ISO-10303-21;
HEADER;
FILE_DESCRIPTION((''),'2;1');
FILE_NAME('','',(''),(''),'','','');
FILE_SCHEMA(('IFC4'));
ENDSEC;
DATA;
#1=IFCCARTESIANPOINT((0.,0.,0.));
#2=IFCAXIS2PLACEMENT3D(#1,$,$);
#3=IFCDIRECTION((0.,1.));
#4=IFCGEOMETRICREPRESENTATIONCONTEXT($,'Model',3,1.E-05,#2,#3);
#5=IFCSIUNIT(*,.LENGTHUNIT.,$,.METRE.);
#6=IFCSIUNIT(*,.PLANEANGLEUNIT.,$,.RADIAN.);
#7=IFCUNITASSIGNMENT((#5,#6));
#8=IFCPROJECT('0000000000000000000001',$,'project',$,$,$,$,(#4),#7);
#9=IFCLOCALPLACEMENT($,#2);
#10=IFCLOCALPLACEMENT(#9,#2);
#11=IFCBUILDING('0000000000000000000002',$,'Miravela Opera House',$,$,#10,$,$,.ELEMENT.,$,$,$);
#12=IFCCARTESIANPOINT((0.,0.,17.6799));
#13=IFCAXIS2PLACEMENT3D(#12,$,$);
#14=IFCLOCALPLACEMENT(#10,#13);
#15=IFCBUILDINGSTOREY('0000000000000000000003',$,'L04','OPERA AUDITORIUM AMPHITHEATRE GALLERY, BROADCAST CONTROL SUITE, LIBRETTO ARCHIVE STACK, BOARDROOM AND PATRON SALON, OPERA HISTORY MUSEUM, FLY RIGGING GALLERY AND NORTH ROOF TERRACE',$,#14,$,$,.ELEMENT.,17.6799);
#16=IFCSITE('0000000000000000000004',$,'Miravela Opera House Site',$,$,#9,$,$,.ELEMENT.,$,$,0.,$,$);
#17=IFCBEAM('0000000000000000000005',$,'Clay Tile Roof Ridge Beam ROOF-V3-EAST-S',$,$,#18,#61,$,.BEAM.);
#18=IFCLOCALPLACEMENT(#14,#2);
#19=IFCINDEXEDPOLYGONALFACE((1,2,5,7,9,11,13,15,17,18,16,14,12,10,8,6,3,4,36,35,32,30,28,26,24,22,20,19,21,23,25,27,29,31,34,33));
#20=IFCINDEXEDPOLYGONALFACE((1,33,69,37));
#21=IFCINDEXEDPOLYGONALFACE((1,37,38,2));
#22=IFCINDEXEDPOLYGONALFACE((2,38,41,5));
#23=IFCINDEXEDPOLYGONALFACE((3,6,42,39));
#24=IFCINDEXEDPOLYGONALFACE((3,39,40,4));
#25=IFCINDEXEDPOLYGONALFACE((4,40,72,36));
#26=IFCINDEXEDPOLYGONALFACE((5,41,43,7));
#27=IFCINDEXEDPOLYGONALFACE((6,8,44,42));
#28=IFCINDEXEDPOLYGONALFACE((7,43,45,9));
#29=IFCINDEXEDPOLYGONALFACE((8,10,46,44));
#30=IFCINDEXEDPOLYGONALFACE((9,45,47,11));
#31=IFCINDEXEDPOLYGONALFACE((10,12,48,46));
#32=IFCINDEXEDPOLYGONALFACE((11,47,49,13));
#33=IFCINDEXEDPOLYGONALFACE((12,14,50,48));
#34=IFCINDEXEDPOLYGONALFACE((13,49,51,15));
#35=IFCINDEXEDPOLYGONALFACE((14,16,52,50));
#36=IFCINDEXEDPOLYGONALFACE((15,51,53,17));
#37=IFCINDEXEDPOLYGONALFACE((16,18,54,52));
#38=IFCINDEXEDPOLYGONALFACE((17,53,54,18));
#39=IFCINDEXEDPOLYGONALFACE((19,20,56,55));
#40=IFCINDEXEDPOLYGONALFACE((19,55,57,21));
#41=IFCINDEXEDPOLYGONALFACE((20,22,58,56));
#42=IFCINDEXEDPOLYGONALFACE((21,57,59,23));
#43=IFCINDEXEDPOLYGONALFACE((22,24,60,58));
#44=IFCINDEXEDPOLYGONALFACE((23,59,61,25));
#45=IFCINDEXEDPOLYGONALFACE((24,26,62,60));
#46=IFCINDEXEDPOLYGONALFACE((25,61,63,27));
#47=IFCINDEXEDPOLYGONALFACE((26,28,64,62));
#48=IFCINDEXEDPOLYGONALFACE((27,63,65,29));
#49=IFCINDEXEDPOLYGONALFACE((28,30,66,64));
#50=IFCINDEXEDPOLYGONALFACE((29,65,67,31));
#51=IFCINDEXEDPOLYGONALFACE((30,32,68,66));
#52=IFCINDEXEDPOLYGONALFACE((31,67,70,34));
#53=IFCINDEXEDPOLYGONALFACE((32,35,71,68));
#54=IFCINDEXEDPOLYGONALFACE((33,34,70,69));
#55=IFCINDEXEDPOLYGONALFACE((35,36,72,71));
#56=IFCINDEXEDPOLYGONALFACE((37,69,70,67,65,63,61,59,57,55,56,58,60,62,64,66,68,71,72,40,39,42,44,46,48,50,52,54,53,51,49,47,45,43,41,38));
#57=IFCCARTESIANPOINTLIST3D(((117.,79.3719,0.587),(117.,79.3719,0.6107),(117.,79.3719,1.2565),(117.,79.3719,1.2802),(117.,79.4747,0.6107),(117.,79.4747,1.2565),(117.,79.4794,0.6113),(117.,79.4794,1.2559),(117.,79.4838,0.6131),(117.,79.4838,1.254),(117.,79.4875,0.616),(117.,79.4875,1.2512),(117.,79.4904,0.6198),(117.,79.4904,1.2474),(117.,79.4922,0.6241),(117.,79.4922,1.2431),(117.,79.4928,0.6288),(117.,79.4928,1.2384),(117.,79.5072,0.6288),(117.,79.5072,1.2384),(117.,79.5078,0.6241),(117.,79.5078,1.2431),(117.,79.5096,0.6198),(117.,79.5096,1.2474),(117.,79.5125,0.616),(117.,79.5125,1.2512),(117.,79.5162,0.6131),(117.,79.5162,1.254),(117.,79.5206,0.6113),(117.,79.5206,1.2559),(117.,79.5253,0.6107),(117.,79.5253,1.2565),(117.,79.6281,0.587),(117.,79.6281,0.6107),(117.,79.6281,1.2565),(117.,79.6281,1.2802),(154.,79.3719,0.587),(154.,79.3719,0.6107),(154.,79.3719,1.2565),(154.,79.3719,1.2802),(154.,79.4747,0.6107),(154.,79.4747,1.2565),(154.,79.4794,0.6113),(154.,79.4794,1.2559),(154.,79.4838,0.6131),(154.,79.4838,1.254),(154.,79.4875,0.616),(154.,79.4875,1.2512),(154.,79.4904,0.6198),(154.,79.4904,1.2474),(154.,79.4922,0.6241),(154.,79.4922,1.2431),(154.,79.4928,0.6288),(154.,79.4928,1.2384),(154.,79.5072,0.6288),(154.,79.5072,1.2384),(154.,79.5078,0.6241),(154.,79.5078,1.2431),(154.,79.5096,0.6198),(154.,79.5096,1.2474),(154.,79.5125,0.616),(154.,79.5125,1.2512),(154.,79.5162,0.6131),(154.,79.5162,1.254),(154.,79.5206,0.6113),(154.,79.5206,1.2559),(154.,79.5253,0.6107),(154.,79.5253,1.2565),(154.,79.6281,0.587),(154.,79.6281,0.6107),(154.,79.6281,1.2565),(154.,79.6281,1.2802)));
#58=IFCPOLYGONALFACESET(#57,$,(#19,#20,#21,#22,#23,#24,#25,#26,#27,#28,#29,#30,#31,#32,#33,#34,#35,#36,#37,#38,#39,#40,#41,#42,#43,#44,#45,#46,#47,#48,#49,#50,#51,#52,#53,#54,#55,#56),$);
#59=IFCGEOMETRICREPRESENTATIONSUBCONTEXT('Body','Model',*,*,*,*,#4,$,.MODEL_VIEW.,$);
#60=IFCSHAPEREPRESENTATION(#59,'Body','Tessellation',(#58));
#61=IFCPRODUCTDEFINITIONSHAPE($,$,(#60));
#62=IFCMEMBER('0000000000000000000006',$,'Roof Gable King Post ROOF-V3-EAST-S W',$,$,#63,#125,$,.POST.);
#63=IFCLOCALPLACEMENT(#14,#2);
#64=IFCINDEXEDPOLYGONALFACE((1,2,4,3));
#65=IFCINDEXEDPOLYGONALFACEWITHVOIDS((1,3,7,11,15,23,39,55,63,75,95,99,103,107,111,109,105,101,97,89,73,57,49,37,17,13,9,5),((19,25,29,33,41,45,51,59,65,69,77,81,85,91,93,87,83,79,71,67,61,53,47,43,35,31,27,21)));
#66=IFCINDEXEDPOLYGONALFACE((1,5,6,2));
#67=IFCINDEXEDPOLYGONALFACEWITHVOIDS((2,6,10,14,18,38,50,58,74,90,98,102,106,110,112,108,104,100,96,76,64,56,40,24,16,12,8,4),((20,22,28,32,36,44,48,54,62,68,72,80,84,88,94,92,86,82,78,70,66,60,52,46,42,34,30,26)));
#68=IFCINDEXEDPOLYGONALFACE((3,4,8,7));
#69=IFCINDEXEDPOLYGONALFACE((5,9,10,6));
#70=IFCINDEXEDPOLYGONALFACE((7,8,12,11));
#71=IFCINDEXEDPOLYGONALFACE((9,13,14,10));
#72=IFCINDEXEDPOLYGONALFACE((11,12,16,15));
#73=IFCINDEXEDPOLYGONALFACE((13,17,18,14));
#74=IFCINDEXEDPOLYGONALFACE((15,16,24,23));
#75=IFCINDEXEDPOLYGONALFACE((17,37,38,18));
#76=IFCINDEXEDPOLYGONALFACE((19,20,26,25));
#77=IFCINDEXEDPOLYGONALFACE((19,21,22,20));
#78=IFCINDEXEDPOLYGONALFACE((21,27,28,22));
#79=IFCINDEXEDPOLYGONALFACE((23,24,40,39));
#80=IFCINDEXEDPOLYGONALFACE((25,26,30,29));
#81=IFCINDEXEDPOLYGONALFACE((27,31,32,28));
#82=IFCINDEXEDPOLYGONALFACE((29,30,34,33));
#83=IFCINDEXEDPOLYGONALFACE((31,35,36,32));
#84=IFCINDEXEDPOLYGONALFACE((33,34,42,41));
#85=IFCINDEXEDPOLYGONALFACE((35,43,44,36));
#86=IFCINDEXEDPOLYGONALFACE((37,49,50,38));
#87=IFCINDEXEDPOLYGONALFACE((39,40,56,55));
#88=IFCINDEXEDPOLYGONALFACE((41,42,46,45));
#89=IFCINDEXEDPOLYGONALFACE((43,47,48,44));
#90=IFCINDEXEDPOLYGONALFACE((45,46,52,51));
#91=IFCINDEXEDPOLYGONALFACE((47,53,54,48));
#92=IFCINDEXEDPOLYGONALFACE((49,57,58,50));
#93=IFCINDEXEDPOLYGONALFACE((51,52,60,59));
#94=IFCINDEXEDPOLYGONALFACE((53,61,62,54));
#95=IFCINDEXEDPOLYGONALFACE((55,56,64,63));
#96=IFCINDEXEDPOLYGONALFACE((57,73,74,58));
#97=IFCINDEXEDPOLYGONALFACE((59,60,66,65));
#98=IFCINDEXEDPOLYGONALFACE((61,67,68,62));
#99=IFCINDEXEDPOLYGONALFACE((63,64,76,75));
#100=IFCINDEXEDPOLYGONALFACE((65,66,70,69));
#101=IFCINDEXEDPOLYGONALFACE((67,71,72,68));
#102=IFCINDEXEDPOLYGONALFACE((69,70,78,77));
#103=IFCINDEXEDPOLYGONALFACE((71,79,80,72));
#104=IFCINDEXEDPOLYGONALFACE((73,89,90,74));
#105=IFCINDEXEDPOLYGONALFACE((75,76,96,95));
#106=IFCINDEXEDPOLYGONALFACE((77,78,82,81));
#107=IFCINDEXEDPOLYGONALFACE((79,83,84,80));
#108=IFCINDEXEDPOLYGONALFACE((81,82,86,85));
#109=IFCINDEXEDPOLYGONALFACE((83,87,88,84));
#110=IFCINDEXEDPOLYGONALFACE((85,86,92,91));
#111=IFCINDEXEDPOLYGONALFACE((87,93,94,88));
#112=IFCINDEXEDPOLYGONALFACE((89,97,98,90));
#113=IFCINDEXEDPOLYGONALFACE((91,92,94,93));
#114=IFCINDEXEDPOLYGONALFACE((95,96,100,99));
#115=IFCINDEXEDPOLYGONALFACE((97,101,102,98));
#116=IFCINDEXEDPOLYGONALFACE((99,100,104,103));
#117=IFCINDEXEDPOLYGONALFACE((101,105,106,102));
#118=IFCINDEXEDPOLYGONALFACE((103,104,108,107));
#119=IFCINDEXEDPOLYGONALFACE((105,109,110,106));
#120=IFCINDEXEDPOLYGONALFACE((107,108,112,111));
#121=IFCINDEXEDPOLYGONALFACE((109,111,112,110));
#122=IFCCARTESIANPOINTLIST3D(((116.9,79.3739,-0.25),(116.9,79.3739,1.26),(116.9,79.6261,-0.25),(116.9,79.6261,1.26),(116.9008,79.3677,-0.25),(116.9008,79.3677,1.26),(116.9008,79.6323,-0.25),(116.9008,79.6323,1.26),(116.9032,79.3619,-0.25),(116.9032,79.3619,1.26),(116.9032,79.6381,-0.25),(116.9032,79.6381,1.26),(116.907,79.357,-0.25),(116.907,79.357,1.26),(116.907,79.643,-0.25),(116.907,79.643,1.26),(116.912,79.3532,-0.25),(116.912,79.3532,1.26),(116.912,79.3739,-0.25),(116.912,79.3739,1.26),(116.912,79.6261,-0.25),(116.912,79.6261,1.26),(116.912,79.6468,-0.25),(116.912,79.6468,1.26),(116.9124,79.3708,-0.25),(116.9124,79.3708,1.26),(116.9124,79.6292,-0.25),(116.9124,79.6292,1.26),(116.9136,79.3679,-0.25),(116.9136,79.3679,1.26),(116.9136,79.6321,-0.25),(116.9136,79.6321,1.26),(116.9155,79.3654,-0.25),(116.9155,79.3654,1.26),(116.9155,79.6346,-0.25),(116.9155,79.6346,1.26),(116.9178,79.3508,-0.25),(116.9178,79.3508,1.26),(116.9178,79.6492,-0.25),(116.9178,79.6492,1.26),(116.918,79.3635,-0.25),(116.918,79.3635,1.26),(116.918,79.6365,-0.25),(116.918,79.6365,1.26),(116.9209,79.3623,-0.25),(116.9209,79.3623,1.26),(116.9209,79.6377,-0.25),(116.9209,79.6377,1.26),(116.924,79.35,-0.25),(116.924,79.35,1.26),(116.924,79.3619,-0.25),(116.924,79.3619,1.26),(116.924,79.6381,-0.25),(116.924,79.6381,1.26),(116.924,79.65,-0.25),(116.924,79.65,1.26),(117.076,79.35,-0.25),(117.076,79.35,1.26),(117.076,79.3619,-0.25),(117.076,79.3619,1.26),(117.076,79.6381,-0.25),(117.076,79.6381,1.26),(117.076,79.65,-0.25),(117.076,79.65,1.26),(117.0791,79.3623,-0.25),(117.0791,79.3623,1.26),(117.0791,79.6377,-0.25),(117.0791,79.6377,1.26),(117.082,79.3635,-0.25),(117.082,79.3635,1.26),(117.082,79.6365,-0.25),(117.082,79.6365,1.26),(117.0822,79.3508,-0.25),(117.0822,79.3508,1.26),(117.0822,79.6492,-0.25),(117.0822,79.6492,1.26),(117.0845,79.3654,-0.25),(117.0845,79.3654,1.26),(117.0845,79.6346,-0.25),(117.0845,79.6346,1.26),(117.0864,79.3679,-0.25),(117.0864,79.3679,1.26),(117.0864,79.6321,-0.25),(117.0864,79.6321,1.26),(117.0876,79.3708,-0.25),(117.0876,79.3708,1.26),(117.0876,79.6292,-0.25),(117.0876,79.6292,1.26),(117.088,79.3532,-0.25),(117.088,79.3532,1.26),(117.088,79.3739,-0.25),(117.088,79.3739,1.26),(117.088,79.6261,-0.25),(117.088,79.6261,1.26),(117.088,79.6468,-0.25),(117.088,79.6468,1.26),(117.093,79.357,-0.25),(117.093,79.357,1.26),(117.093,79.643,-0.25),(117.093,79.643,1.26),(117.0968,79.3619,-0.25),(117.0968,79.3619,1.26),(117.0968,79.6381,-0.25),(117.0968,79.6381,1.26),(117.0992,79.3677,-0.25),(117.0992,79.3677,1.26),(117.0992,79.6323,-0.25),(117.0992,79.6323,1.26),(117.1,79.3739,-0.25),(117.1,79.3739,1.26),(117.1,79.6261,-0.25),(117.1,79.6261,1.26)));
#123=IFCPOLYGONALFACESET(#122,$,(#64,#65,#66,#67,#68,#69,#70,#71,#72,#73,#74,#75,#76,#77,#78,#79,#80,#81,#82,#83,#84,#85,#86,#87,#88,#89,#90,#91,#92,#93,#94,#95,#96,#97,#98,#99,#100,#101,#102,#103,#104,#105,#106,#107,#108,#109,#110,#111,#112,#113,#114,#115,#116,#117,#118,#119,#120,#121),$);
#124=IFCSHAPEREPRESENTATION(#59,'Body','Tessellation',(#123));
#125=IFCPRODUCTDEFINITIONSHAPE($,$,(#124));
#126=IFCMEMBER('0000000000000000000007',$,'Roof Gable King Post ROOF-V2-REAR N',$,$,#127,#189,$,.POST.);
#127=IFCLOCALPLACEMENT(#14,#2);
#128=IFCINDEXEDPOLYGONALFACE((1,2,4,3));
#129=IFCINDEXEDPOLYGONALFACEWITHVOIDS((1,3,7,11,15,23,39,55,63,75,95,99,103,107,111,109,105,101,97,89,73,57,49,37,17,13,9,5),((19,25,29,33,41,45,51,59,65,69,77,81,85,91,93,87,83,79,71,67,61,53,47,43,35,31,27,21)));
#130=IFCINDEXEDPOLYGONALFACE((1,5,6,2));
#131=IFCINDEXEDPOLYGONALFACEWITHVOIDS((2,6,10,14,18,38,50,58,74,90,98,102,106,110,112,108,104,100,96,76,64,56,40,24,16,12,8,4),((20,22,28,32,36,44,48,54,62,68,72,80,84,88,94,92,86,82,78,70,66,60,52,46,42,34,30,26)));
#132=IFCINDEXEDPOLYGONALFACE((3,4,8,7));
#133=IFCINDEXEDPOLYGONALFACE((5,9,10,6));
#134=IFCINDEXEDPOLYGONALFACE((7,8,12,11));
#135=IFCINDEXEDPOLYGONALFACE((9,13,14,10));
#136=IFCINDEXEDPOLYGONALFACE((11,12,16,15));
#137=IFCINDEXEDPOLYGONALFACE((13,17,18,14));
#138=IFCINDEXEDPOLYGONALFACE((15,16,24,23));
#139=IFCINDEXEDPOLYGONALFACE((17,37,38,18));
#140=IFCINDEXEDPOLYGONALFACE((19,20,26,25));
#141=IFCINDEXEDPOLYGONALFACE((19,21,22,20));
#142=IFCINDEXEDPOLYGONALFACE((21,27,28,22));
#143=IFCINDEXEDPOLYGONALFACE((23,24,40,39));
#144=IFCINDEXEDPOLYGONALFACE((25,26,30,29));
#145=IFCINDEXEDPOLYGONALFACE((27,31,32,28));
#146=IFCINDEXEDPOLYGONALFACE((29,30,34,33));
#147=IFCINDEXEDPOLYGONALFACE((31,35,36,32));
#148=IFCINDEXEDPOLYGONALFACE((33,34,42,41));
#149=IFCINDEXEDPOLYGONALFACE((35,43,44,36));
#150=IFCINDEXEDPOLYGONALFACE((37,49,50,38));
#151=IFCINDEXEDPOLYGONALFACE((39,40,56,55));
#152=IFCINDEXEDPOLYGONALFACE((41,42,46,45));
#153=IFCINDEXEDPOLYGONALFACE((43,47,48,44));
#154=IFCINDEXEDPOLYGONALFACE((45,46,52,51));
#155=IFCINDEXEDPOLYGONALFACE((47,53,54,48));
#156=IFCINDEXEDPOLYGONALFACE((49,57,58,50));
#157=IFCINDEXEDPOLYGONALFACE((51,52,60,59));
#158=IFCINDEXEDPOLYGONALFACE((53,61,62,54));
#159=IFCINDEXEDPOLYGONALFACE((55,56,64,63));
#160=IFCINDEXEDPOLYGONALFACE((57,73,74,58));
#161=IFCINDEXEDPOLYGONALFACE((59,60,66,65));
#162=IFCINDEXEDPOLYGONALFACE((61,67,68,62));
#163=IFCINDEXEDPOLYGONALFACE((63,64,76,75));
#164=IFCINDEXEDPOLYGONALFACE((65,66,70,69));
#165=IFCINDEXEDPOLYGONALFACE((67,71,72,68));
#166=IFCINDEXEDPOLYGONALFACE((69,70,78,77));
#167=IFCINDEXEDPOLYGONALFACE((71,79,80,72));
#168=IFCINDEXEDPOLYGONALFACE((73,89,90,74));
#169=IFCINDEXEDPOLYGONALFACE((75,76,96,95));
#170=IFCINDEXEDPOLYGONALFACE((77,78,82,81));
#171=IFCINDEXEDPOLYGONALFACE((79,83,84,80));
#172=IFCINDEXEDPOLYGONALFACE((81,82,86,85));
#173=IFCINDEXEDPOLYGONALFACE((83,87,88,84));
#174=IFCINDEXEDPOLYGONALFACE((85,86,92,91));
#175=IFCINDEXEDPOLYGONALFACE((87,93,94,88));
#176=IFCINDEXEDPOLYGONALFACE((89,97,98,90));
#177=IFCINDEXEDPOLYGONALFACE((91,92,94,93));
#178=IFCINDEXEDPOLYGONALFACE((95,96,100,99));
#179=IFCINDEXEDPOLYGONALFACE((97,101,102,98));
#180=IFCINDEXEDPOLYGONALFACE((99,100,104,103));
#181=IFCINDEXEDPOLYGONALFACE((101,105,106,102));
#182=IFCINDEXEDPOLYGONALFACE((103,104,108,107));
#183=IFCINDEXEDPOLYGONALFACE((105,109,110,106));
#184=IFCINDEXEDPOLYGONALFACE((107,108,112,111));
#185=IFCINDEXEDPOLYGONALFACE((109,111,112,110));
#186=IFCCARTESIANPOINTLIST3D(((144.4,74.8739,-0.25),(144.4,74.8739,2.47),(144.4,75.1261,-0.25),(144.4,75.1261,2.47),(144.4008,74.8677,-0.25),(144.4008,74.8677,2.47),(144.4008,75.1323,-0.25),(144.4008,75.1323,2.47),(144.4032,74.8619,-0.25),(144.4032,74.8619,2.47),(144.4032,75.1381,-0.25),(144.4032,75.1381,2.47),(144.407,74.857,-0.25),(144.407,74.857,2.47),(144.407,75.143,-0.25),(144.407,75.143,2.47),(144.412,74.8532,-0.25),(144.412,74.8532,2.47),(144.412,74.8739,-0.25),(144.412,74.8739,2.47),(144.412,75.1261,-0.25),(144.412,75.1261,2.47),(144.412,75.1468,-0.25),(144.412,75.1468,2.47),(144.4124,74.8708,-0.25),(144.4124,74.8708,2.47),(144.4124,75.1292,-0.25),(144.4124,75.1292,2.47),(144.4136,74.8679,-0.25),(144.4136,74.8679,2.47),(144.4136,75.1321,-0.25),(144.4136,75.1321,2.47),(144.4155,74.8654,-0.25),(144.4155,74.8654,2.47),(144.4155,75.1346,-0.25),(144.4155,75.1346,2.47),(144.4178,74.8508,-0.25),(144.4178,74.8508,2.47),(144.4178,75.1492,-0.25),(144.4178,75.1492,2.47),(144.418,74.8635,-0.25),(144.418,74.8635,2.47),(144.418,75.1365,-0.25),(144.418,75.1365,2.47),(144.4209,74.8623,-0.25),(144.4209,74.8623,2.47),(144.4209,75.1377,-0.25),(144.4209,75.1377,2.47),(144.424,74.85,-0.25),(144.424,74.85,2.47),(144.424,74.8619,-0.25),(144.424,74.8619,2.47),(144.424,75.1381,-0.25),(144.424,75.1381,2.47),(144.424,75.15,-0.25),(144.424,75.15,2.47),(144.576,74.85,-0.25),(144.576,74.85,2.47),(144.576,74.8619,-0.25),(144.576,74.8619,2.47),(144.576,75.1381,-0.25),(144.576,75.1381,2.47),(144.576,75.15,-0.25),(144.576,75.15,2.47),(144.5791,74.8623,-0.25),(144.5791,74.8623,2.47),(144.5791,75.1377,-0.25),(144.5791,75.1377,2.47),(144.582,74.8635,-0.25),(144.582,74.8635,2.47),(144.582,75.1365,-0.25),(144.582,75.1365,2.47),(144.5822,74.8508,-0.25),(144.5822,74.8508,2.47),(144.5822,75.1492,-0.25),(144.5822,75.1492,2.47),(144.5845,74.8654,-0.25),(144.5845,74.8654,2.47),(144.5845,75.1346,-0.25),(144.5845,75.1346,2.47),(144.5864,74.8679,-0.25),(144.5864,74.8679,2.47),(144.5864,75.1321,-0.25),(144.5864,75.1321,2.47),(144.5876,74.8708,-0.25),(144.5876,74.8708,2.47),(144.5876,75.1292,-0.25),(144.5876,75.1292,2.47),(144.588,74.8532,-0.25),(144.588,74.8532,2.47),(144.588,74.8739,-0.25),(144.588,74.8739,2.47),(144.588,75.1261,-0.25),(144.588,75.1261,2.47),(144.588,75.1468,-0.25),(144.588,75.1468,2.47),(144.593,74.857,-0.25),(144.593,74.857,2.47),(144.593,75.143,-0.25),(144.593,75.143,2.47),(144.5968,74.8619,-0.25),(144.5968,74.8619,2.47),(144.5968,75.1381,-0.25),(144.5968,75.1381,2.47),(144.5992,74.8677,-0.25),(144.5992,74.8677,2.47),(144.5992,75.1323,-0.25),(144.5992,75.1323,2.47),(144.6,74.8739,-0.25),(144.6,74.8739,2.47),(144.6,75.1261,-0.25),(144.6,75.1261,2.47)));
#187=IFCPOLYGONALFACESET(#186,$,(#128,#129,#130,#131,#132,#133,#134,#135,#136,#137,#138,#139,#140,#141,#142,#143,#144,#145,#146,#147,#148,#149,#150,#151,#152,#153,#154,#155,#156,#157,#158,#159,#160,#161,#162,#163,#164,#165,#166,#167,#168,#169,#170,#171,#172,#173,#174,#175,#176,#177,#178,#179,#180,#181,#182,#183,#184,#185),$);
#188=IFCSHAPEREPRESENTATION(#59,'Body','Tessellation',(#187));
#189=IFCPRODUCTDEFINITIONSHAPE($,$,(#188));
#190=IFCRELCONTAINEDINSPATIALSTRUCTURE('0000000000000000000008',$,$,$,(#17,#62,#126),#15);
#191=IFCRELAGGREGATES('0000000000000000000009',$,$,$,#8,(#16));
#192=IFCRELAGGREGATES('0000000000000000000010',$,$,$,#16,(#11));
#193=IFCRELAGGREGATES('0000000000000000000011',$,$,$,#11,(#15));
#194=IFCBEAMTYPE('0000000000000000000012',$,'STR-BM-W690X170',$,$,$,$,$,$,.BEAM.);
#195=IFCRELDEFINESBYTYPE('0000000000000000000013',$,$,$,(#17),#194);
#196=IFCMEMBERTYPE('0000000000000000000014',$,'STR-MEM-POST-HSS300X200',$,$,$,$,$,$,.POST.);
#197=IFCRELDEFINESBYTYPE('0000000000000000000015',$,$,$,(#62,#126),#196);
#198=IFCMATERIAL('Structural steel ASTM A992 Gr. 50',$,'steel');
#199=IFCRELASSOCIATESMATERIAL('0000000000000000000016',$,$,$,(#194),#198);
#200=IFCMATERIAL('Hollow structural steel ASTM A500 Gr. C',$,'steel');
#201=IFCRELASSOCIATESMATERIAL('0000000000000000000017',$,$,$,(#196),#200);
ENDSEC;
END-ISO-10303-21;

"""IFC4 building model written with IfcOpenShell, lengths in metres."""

from ifc_helpers import new_model, si_unit, direction, frame, origin, origin_2d, place, context, subcontext, project, spatial, hollow_rectangle, i_section, extrude, material, material_profile, profile_set, type_object, element, save


model = new_model("IFC4")

# Units and contexts
model_context = context("Model", 3, precision=1e-05, world=origin(), true_north=direction((0.0, 1.0)))
body_context = subcontext(model_context, "Body", "Model", "MODEL_VIEW")
ifc_project = project(units=[si_unit("LENGTHUNIT", "METRE"), si_unit("PLANEANGLEUNIT", "RADIAN")], contexts=[model_context])

# Site, building, storey
site_placement = place(None, origin())
site = spatial("IfcSite", under=ifc_project, at=site_placement, Name="Miravela Opera House Site", CompositionType="ELEMENT", RefElevation=0.0)
building_placement = place(site_placement, origin())
building = spatial("IfcBuilding", under=site, at=building_placement, Name="Miravela Opera House", CompositionType="ELEMENT")
storey_placement = place(building_placement, frame((0.0, 0.0, 17.6799)))
storey = spatial("IfcBuildingStorey", under=building, at=storey_placement, Name="L04", Description="OPERA AUDITORIUM AMPHITHEATRE GALLERY, BROADCAST CONTROL SUITE, LIBRETTO ARCHIVE STACK, BOARDROOM AND PATRON SALON, OPERA HISTORY MUSEUM, FLY RIGGING GALLERY AND NORTH ROOF TERRACE", CompositionType="ELEMENT", Elevation=17.6799)

# Shared definitions
ifc_material_1 = material(Name="Hollow structural steel ASTM A500 Gr. C", Category="steel")

# Beam
ifc_material_2 = material(Name="Structural steel ASTM A992 Gr. 50", Category="steel")
ifc_material_profile_1 = material_profile(ifc_material_2, i_section(OverallWidth=0.2561, OverallDepth=0.6931, WebThickness=0.0144, FlangeThickness=0.0237, FilletRadius=0.0181, at=origin_2d()), Name="W690X170")
ifc_profile_set_1 = profile_set([ifc_material_profile_1])
beam_type_1 = type_object("IfcBeamType", Name="STR-BM-W690X170", PredefinedType="BEAM", material=ifc_profile_set_1)
beam_placement = place(storey_placement, frame((117.0, 79.5, 0.9336), z_axis=(1.0, 0.0, 0.0), x_axis=(0.0, 1.0, 0.0)))
element("IfcBeam", 1, at=beam_placement, inside=storey, type_object=beam_type_1, Name="Clay Tile Roof Ridge Beam ROOF-V3-EAST-S", PredefinedType="BEAM", context=body_context, shape_type="SweptSolid", body=[
    extrude(i_section(OverallWidth=0.2561, OverallDepth=0.6931, WebThickness=0.0144, FlangeThickness=0.0237, FilletRadius=0.0181, at=origin_2d()), origin(), (0.0, 0.0, 1.0), 37.0),
])

# Members
ifc_material_profile_2 = material_profile(ifc_material_1, hollow_rectangle(XDim=0.2, YDim=0.3, WallThickness=0.012, InnerFilletRadius=0.012, OuterFilletRadius=0.0239, at=origin_2d()), Name="HSS300X200X12")
ifc_profile_set_2 = profile_set([ifc_material_profile_2])
member_type_1 = type_object("IfcMemberType", Name="STR-MEM-POST-HSS300X200", PredefinedType="POST", material=ifc_profile_set_2)
member_1_placement = place(storey_placement, frame((117.0, 79.5, -0.25), z_axis=(0.0, 0.0, 1.0), x_axis=(1.0, 0.0, 0.0)))
element("IfcMember", 2, at=member_1_placement, inside=storey, type_object=member_type_1, Name="Roof Gable King Post ROOF-V3-EAST-S W", PredefinedType="POST", context=body_context, shape_type="SweptSolid", body=[
    extrude(hollow_rectangle(XDim=0.2, YDim=0.3, WallThickness=0.012, InnerFilletRadius=0.012, OuterFilletRadius=0.0239, at=origin_2d()), origin(), (0.0, 0.0, 1.0), 1.51),
])
member_2_placement = place(storey_placement, frame((144.5, 75.0, -0.25), z_axis=(0.0, 0.0, 1.0), x_axis=(1.0, 0.0, 0.0)))
element("IfcMember", 3, at=member_2_placement, inside=storey, type_object=member_type_1, Name="Roof Gable King Post ROOF-V2-REAR N", PredefinedType="POST", context=body_context, shape_type="SweptSolid", body=[
    extrude(hollow_rectangle(XDim=0.2, YDim=0.3, WallThickness=0.012, InnerFilletRadius=0.012, OuterFilletRadius=0.0239, at=origin_2d()), origin(), (0.0, 0.0, 1.0), 2.72),
])

save(model, "model.ifc")
